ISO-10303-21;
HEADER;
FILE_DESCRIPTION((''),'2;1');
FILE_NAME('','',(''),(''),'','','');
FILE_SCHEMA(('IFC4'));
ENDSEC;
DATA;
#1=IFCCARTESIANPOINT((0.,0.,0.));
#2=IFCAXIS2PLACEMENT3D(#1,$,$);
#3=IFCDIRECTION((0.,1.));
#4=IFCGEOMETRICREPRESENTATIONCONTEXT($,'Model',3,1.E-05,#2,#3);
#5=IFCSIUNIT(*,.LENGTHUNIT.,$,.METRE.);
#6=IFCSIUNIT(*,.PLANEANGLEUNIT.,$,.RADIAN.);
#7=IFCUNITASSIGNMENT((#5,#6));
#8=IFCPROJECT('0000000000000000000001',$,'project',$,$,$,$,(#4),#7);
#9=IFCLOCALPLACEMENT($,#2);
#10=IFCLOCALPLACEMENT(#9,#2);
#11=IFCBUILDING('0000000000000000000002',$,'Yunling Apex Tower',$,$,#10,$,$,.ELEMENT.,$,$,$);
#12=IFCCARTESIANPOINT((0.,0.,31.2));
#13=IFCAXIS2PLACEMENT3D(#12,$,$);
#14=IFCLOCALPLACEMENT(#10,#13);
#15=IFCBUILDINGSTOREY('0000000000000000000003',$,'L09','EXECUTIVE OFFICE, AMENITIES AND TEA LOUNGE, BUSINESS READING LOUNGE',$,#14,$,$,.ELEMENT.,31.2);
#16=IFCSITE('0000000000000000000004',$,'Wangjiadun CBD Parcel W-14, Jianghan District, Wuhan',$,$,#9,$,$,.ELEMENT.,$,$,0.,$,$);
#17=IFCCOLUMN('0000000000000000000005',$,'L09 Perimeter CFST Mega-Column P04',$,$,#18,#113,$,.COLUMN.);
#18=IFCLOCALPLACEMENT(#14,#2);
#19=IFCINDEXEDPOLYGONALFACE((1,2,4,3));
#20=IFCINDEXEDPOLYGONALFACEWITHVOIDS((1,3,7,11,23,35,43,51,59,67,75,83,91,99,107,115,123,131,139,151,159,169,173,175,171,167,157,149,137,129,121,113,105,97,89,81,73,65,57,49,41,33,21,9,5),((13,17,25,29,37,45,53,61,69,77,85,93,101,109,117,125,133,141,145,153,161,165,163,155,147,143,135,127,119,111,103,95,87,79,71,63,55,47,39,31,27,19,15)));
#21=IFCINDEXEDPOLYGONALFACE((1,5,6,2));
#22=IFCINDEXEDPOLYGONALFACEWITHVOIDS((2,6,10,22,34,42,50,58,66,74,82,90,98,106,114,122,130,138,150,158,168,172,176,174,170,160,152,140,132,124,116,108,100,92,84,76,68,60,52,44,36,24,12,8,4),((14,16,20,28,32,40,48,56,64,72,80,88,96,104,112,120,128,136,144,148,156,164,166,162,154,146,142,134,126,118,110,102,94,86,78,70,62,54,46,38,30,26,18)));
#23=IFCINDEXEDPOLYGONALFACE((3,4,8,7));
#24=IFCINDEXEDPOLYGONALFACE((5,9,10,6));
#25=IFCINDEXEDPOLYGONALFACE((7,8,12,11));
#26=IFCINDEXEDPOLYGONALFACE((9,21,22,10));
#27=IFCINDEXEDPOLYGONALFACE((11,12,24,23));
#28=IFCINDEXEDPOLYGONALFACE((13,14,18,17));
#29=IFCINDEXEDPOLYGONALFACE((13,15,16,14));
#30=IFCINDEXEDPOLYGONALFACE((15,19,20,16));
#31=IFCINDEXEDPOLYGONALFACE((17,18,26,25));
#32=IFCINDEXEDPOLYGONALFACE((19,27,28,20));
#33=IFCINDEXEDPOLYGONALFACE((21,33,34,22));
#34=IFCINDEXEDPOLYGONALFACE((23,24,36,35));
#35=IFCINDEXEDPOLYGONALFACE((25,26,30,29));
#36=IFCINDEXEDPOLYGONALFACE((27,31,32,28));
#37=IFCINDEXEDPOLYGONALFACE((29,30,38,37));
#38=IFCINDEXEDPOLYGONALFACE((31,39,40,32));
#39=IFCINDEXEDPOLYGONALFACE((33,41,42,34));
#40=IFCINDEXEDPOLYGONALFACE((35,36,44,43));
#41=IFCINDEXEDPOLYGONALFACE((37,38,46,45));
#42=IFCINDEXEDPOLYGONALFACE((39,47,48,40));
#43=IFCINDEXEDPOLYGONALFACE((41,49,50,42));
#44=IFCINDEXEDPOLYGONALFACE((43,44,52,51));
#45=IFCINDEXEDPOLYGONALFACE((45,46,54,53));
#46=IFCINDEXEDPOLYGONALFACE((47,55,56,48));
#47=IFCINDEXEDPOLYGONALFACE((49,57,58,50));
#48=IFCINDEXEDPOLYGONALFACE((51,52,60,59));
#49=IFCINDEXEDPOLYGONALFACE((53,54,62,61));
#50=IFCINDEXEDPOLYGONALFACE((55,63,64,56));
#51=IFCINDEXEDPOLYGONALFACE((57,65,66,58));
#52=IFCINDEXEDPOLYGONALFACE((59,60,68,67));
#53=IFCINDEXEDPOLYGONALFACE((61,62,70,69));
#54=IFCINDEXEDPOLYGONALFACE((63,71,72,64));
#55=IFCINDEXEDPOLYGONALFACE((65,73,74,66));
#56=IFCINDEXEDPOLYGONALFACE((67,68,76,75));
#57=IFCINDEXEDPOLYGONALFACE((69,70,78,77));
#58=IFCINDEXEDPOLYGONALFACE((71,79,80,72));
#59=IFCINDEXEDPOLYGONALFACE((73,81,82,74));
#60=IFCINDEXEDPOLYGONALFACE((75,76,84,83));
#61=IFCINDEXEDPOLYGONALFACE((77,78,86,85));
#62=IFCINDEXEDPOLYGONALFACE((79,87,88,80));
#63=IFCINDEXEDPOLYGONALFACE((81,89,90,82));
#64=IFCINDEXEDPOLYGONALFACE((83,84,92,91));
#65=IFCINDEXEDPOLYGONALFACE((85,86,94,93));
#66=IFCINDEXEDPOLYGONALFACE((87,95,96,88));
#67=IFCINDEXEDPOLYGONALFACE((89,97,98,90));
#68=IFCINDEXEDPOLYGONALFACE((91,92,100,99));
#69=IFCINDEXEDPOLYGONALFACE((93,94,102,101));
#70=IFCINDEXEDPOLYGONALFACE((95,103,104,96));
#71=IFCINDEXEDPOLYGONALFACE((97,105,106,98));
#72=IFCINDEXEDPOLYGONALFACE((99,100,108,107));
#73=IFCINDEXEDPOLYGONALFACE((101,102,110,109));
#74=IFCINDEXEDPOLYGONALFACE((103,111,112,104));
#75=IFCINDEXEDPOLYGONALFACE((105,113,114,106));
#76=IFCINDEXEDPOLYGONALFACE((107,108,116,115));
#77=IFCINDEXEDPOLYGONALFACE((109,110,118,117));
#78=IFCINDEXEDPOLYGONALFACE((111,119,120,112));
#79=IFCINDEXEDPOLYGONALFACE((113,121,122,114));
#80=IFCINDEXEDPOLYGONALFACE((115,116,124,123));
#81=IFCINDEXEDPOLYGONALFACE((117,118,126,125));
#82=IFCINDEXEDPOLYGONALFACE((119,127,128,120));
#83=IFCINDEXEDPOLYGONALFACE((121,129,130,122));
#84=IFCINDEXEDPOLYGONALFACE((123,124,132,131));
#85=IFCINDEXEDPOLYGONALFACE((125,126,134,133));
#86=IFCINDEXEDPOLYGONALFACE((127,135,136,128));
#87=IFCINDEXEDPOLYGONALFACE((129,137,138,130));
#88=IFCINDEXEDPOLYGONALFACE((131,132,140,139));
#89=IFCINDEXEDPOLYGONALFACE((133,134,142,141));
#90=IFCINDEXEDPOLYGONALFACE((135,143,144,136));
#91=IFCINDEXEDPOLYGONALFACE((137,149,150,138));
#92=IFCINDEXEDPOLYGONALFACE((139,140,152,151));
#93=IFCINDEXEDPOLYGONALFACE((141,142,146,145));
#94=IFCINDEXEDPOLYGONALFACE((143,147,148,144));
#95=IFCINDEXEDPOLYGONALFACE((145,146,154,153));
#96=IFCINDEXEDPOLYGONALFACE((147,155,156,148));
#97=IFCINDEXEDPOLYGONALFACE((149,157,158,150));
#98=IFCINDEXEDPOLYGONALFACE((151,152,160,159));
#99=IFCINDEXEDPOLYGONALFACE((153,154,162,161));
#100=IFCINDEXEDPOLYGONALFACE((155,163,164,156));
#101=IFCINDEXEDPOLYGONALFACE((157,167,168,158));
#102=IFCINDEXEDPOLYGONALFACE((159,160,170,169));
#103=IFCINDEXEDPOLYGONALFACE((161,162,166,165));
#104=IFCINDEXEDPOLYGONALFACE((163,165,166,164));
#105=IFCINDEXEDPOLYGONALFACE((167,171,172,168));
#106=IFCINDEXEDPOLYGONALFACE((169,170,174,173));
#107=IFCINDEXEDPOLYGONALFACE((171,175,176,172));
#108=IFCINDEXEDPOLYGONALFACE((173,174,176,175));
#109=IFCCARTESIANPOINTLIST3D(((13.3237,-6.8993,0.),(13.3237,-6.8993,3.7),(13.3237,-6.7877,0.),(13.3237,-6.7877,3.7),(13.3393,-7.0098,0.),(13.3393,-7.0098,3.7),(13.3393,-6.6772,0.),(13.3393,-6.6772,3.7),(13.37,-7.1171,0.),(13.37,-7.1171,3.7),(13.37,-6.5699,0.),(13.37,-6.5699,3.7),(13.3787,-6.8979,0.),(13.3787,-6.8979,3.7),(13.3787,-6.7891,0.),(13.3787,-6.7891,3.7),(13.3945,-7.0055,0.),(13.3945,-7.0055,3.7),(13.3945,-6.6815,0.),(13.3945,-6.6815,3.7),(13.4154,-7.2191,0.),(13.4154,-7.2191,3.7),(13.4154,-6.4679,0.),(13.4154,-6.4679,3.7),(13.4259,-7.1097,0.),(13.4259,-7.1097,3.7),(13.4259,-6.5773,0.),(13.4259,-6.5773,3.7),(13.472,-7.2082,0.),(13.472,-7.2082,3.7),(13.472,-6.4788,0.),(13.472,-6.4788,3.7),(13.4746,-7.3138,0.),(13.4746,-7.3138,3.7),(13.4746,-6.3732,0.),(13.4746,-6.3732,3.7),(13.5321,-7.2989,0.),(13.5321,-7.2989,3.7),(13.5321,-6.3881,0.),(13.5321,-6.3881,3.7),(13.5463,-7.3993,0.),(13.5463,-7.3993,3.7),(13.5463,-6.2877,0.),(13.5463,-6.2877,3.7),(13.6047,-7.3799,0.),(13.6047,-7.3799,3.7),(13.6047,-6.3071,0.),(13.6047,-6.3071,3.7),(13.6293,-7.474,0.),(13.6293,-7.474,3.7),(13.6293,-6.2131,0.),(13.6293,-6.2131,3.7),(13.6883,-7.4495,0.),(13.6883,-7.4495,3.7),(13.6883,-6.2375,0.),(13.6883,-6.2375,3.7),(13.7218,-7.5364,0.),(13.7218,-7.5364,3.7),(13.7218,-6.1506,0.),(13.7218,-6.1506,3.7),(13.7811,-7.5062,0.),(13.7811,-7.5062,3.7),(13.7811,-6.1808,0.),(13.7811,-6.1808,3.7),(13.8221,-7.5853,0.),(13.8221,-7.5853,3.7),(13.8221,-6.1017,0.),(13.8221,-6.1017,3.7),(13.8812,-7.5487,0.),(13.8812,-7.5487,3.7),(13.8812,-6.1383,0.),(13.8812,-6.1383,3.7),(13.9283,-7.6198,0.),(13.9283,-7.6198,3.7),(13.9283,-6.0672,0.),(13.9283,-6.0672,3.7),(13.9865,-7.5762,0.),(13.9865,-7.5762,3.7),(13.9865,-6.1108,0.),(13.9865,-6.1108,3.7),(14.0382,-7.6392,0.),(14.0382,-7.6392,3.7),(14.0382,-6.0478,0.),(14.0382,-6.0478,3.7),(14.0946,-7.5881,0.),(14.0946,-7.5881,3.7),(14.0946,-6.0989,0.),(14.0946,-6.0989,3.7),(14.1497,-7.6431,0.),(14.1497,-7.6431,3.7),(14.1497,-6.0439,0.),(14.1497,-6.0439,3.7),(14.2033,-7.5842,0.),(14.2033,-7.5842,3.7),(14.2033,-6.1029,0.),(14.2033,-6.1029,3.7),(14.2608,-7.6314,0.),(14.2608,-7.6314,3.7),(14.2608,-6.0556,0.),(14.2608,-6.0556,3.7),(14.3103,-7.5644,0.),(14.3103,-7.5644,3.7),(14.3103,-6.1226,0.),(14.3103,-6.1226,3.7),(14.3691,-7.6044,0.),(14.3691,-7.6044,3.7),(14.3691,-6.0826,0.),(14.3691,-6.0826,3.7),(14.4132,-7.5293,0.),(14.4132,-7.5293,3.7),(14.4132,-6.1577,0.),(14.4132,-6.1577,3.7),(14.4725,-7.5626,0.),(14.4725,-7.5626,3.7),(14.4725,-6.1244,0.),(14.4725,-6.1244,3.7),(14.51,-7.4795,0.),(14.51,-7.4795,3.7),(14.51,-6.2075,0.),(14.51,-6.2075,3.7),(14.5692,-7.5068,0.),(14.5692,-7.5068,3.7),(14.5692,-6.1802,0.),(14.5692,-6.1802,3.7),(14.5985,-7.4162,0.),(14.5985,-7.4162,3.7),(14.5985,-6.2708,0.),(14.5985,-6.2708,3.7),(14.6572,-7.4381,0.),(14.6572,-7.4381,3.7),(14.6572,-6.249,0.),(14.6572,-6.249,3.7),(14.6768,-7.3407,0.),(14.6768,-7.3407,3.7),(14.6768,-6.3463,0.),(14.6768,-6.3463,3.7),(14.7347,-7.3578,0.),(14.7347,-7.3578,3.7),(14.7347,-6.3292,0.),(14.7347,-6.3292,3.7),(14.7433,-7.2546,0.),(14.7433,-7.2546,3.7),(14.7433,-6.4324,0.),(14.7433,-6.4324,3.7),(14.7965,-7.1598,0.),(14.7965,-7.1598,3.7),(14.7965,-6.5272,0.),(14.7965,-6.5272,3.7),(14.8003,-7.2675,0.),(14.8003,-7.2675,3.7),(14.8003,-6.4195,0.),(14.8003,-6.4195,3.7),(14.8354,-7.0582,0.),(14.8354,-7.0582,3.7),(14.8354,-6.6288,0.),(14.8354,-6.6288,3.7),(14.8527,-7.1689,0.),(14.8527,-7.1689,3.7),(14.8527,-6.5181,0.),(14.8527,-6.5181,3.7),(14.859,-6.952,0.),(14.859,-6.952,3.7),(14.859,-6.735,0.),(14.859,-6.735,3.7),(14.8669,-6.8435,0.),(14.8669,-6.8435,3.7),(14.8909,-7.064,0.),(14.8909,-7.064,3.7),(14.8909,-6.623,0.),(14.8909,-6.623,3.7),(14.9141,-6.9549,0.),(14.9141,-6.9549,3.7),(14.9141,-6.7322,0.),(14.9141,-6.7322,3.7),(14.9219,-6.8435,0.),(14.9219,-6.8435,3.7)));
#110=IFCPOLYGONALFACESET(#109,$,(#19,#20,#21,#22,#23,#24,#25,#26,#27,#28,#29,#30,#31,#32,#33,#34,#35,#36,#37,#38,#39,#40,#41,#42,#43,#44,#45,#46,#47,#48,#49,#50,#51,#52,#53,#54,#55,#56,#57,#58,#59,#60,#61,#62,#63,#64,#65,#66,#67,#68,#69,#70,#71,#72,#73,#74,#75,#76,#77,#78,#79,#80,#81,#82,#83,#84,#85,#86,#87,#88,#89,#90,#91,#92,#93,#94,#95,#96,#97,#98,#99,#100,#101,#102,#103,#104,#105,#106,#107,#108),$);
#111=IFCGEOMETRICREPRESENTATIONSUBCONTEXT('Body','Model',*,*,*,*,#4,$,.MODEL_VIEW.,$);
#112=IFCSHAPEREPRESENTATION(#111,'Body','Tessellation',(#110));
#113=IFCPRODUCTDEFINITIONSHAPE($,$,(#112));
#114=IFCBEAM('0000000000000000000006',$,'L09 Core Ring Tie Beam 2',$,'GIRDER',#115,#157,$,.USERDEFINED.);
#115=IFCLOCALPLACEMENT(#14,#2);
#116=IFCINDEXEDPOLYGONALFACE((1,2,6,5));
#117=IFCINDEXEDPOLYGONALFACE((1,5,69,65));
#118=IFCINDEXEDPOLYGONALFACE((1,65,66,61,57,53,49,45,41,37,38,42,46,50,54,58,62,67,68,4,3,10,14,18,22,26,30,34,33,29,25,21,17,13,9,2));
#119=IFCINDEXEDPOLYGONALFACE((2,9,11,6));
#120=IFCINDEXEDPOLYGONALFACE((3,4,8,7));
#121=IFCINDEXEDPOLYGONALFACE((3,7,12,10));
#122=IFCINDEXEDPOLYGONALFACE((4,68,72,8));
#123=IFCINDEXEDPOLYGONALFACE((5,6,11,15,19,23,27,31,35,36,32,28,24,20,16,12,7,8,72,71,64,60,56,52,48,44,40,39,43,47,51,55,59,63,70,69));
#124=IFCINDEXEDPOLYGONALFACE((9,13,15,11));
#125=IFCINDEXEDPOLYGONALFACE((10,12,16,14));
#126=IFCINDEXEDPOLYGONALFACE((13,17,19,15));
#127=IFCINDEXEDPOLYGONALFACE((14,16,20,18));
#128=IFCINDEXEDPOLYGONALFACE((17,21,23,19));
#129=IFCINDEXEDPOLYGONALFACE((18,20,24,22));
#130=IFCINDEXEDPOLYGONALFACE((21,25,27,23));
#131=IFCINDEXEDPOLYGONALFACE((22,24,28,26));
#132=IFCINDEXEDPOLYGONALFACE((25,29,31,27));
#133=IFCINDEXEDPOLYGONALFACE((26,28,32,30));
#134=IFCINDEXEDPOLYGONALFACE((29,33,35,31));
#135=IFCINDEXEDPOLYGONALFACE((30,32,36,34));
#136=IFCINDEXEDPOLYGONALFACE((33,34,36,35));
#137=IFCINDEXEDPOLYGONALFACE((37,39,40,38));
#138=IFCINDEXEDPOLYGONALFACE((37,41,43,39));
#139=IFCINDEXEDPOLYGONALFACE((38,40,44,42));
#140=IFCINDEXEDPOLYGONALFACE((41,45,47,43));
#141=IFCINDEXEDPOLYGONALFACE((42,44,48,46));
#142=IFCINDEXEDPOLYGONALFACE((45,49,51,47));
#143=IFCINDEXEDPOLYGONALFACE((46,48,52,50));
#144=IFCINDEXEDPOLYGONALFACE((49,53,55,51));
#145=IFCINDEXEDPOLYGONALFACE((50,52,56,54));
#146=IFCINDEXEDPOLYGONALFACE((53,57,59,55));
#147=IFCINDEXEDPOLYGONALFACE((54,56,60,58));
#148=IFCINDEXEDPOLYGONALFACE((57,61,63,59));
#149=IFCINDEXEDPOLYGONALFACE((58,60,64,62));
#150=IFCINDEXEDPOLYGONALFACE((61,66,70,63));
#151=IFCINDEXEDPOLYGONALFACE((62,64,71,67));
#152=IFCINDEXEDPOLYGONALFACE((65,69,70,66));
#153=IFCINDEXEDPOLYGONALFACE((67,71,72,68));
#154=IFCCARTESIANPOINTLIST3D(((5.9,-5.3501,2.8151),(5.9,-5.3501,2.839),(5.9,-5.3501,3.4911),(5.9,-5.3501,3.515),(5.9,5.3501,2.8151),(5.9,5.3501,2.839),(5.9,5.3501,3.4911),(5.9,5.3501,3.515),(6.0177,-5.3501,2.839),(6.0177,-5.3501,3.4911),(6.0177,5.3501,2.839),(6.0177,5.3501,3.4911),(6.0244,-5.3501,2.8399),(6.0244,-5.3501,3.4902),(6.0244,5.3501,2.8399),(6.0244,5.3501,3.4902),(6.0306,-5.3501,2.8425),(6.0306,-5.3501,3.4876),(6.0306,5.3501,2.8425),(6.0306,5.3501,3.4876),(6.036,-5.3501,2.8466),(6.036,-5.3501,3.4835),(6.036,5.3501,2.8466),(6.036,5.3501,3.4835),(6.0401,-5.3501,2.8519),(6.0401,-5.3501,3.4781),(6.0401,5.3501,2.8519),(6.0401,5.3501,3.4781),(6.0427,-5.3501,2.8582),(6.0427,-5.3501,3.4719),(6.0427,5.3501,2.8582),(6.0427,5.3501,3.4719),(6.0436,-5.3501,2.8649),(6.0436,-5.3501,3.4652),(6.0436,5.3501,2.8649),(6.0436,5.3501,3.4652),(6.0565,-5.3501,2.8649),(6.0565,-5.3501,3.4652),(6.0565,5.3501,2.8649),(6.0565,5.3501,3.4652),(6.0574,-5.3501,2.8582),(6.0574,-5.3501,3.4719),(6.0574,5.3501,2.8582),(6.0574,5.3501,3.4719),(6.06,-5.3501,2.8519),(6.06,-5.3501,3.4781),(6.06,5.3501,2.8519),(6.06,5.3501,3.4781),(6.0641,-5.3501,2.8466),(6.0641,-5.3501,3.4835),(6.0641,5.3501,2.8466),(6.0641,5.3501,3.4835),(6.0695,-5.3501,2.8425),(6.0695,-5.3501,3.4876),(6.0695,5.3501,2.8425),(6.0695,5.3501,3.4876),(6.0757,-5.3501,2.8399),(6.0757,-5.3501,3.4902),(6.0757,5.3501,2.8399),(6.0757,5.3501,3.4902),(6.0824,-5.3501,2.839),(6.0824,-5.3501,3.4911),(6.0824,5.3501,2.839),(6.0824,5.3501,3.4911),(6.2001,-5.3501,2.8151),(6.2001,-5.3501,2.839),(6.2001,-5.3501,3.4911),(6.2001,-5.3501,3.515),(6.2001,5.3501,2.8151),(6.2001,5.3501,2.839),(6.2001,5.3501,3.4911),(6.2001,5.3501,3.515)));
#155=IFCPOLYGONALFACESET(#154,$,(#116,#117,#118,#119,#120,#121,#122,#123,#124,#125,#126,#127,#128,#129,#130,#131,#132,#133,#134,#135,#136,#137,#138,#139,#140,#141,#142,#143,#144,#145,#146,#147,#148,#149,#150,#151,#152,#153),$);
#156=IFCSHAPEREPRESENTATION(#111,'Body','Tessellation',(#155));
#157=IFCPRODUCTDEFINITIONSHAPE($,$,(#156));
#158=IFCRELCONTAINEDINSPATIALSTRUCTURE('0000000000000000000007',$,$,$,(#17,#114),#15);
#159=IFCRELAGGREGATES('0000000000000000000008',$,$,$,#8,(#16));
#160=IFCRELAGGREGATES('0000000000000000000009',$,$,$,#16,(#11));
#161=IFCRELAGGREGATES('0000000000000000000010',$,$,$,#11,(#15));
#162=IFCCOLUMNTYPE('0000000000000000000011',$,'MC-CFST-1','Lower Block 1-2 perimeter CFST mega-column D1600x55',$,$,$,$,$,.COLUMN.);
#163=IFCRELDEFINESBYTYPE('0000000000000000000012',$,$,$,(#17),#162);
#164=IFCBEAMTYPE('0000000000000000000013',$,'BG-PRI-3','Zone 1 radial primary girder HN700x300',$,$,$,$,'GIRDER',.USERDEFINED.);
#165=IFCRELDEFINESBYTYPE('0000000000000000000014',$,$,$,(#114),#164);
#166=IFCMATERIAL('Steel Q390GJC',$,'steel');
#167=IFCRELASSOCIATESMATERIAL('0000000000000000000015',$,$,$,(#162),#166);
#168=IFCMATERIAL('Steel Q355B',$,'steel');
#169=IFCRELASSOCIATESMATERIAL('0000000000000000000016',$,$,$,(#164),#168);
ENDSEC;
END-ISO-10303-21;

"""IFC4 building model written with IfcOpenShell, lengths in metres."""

from ifc_helpers import new_model, si_unit, direction, frame, origin, origin_2d, place, context, subcontext, project, spatial, hollow_circle, i_section, extrude, source, transform, mapped, material, material_profile, profile_set, type_object, element, save


model = new_model("IFC4")

# Units and contexts
model_context = context("Model", 3, precision=1e-05, world=origin(), true_north=direction((0.0, 1.0)))
body_context = subcontext(model_context, "Body", "Model", "MODEL_VIEW")
ifc_project = project(units=[si_unit("LENGTHUNIT", "METRE"), si_unit("PLANEANGLEUNIT", "RADIAN")], contexts=[model_context])

# Site, building, storey
site_placement = place(None, origin())
site = spatial("IfcSite", under=ifc_project, at=site_placement, Name="Wangjiadun CBD Parcel W-14, Jianghan District, Wuhan", CompositionType="ELEMENT", RefElevation=0.0)
building_placement = place(site_placement, origin())
building = spatial("IfcBuilding", under=site, at=building_placement, Name="Yunling Apex Tower", CompositionType="ELEMENT")
storey_placement = place(building_placement, frame((0.0, 0.0, 31.2)))
storey = spatial("IfcBuildingStorey", under=building, at=storey_placement, Name="L09", Description="EXECUTIVE OFFICE, AMENITIES AND TEA LOUNGE, BUSINESS READING LOUNGE", CompositionType="ELEMENT", Elevation=31.2)

# Column
ifc_material_1 = material(Name="Steel Q390GJC", Category="steel")
ifc_material_profile_1 = material_profile(ifc_material_1, hollow_circle(Radius=0.8, WallThickness=0.0549, at=origin_2d()))
ifc_profile_set_1 = profile_set([ifc_material_profile_1], Name="Steel Q390GJC")
column_type_1 = type_object("IfcColumnType", Name="MC-CFST-1", Description="Lower Block 1-2 perimeter CFST mega-column D1600x55", PredefinedType="COLUMN", material=ifc_profile_set_1)
shared_shape_1 = source(origin(), body_context, "Body", "SweptSolid", [
    extrude(hollow_circle(Radius=0.8, WallThickness=0.0549, at=origin_2d()), origin(), (0.0, 0.0, 1.0), 3.7),
])
for number, where, z_axis, x_axis, name in (
    (1, (14.1218, -6.8435, 0.0), (0.0, 0.0, 1.0), (1.0, 0.0, 0.0), "L09 Perimeter CFST Mega-Column P04"),
):
    element("IfcColumn", number, at=place(storey_placement, frame(where, z_axis=z_axis, x_axis=x_axis)), inside=storey, type_object=column_type_1, Name=name, PredefinedType="COLUMN", context=body_context, shape_type="MappedRepresentation", body=[
        mapped(shared_shape_1, transform((0.0, 0.0, 0.0), scale=1.0)),
    ])

# Beam
ifc_material_2 = material(Name="Steel Q355B", Category="steel")
ifc_material_profile_2 = material_profile(ifc_material_2, i_section(OverallWidth=0.3, OverallDepth=0.7, WebThickness=0.0129, FlangeThickness=0.0239, FilletRadius=0.0259, at=origin_2d()))
ifc_profile_set_2 = profile_set([ifc_material_profile_2], Name="Steel Q355B")
beam_type_1 = type_object("IfcBeamType", Name="BG-PRI-3", Description="Zone 1 radial primary girder HN700x300", ElementType="GIRDER", PredefinedType="USERDEFINED", material=ifc_profile_set_2)
shared_shape_2 = source(origin(), body_context, "Body", "SweptSolid", [
    extrude(i_section(OverallWidth=0.3, OverallDepth=0.7, WebThickness=0.0129, FlangeThickness=0.0239, FilletRadius=0.0259, at=origin_2d()), origin(), (0.0, 0.0, 1.0), 10.7002),
])
beam_1_placement = place(storey_placement, frame((6.05, -5.3501, 3.165), z_axis=(0.0, 1.0, 0.0), x_axis=(-1.0, 0.0, 0.0)))
element("IfcBeam", 2, at=beam_1_placement, inside=storey, type_object=beam_type_1, Name="L09 Core Ring Tie Beam 2", ObjectType="GIRDER", PredefinedType="USERDEFINED", context=body_context, shape_type="MappedRepresentation", body=[
    mapped(shared_shape_2, transform((0.0, 0.0, 0.0), scale=1.0)),
])

save(model, "model.ifc")
